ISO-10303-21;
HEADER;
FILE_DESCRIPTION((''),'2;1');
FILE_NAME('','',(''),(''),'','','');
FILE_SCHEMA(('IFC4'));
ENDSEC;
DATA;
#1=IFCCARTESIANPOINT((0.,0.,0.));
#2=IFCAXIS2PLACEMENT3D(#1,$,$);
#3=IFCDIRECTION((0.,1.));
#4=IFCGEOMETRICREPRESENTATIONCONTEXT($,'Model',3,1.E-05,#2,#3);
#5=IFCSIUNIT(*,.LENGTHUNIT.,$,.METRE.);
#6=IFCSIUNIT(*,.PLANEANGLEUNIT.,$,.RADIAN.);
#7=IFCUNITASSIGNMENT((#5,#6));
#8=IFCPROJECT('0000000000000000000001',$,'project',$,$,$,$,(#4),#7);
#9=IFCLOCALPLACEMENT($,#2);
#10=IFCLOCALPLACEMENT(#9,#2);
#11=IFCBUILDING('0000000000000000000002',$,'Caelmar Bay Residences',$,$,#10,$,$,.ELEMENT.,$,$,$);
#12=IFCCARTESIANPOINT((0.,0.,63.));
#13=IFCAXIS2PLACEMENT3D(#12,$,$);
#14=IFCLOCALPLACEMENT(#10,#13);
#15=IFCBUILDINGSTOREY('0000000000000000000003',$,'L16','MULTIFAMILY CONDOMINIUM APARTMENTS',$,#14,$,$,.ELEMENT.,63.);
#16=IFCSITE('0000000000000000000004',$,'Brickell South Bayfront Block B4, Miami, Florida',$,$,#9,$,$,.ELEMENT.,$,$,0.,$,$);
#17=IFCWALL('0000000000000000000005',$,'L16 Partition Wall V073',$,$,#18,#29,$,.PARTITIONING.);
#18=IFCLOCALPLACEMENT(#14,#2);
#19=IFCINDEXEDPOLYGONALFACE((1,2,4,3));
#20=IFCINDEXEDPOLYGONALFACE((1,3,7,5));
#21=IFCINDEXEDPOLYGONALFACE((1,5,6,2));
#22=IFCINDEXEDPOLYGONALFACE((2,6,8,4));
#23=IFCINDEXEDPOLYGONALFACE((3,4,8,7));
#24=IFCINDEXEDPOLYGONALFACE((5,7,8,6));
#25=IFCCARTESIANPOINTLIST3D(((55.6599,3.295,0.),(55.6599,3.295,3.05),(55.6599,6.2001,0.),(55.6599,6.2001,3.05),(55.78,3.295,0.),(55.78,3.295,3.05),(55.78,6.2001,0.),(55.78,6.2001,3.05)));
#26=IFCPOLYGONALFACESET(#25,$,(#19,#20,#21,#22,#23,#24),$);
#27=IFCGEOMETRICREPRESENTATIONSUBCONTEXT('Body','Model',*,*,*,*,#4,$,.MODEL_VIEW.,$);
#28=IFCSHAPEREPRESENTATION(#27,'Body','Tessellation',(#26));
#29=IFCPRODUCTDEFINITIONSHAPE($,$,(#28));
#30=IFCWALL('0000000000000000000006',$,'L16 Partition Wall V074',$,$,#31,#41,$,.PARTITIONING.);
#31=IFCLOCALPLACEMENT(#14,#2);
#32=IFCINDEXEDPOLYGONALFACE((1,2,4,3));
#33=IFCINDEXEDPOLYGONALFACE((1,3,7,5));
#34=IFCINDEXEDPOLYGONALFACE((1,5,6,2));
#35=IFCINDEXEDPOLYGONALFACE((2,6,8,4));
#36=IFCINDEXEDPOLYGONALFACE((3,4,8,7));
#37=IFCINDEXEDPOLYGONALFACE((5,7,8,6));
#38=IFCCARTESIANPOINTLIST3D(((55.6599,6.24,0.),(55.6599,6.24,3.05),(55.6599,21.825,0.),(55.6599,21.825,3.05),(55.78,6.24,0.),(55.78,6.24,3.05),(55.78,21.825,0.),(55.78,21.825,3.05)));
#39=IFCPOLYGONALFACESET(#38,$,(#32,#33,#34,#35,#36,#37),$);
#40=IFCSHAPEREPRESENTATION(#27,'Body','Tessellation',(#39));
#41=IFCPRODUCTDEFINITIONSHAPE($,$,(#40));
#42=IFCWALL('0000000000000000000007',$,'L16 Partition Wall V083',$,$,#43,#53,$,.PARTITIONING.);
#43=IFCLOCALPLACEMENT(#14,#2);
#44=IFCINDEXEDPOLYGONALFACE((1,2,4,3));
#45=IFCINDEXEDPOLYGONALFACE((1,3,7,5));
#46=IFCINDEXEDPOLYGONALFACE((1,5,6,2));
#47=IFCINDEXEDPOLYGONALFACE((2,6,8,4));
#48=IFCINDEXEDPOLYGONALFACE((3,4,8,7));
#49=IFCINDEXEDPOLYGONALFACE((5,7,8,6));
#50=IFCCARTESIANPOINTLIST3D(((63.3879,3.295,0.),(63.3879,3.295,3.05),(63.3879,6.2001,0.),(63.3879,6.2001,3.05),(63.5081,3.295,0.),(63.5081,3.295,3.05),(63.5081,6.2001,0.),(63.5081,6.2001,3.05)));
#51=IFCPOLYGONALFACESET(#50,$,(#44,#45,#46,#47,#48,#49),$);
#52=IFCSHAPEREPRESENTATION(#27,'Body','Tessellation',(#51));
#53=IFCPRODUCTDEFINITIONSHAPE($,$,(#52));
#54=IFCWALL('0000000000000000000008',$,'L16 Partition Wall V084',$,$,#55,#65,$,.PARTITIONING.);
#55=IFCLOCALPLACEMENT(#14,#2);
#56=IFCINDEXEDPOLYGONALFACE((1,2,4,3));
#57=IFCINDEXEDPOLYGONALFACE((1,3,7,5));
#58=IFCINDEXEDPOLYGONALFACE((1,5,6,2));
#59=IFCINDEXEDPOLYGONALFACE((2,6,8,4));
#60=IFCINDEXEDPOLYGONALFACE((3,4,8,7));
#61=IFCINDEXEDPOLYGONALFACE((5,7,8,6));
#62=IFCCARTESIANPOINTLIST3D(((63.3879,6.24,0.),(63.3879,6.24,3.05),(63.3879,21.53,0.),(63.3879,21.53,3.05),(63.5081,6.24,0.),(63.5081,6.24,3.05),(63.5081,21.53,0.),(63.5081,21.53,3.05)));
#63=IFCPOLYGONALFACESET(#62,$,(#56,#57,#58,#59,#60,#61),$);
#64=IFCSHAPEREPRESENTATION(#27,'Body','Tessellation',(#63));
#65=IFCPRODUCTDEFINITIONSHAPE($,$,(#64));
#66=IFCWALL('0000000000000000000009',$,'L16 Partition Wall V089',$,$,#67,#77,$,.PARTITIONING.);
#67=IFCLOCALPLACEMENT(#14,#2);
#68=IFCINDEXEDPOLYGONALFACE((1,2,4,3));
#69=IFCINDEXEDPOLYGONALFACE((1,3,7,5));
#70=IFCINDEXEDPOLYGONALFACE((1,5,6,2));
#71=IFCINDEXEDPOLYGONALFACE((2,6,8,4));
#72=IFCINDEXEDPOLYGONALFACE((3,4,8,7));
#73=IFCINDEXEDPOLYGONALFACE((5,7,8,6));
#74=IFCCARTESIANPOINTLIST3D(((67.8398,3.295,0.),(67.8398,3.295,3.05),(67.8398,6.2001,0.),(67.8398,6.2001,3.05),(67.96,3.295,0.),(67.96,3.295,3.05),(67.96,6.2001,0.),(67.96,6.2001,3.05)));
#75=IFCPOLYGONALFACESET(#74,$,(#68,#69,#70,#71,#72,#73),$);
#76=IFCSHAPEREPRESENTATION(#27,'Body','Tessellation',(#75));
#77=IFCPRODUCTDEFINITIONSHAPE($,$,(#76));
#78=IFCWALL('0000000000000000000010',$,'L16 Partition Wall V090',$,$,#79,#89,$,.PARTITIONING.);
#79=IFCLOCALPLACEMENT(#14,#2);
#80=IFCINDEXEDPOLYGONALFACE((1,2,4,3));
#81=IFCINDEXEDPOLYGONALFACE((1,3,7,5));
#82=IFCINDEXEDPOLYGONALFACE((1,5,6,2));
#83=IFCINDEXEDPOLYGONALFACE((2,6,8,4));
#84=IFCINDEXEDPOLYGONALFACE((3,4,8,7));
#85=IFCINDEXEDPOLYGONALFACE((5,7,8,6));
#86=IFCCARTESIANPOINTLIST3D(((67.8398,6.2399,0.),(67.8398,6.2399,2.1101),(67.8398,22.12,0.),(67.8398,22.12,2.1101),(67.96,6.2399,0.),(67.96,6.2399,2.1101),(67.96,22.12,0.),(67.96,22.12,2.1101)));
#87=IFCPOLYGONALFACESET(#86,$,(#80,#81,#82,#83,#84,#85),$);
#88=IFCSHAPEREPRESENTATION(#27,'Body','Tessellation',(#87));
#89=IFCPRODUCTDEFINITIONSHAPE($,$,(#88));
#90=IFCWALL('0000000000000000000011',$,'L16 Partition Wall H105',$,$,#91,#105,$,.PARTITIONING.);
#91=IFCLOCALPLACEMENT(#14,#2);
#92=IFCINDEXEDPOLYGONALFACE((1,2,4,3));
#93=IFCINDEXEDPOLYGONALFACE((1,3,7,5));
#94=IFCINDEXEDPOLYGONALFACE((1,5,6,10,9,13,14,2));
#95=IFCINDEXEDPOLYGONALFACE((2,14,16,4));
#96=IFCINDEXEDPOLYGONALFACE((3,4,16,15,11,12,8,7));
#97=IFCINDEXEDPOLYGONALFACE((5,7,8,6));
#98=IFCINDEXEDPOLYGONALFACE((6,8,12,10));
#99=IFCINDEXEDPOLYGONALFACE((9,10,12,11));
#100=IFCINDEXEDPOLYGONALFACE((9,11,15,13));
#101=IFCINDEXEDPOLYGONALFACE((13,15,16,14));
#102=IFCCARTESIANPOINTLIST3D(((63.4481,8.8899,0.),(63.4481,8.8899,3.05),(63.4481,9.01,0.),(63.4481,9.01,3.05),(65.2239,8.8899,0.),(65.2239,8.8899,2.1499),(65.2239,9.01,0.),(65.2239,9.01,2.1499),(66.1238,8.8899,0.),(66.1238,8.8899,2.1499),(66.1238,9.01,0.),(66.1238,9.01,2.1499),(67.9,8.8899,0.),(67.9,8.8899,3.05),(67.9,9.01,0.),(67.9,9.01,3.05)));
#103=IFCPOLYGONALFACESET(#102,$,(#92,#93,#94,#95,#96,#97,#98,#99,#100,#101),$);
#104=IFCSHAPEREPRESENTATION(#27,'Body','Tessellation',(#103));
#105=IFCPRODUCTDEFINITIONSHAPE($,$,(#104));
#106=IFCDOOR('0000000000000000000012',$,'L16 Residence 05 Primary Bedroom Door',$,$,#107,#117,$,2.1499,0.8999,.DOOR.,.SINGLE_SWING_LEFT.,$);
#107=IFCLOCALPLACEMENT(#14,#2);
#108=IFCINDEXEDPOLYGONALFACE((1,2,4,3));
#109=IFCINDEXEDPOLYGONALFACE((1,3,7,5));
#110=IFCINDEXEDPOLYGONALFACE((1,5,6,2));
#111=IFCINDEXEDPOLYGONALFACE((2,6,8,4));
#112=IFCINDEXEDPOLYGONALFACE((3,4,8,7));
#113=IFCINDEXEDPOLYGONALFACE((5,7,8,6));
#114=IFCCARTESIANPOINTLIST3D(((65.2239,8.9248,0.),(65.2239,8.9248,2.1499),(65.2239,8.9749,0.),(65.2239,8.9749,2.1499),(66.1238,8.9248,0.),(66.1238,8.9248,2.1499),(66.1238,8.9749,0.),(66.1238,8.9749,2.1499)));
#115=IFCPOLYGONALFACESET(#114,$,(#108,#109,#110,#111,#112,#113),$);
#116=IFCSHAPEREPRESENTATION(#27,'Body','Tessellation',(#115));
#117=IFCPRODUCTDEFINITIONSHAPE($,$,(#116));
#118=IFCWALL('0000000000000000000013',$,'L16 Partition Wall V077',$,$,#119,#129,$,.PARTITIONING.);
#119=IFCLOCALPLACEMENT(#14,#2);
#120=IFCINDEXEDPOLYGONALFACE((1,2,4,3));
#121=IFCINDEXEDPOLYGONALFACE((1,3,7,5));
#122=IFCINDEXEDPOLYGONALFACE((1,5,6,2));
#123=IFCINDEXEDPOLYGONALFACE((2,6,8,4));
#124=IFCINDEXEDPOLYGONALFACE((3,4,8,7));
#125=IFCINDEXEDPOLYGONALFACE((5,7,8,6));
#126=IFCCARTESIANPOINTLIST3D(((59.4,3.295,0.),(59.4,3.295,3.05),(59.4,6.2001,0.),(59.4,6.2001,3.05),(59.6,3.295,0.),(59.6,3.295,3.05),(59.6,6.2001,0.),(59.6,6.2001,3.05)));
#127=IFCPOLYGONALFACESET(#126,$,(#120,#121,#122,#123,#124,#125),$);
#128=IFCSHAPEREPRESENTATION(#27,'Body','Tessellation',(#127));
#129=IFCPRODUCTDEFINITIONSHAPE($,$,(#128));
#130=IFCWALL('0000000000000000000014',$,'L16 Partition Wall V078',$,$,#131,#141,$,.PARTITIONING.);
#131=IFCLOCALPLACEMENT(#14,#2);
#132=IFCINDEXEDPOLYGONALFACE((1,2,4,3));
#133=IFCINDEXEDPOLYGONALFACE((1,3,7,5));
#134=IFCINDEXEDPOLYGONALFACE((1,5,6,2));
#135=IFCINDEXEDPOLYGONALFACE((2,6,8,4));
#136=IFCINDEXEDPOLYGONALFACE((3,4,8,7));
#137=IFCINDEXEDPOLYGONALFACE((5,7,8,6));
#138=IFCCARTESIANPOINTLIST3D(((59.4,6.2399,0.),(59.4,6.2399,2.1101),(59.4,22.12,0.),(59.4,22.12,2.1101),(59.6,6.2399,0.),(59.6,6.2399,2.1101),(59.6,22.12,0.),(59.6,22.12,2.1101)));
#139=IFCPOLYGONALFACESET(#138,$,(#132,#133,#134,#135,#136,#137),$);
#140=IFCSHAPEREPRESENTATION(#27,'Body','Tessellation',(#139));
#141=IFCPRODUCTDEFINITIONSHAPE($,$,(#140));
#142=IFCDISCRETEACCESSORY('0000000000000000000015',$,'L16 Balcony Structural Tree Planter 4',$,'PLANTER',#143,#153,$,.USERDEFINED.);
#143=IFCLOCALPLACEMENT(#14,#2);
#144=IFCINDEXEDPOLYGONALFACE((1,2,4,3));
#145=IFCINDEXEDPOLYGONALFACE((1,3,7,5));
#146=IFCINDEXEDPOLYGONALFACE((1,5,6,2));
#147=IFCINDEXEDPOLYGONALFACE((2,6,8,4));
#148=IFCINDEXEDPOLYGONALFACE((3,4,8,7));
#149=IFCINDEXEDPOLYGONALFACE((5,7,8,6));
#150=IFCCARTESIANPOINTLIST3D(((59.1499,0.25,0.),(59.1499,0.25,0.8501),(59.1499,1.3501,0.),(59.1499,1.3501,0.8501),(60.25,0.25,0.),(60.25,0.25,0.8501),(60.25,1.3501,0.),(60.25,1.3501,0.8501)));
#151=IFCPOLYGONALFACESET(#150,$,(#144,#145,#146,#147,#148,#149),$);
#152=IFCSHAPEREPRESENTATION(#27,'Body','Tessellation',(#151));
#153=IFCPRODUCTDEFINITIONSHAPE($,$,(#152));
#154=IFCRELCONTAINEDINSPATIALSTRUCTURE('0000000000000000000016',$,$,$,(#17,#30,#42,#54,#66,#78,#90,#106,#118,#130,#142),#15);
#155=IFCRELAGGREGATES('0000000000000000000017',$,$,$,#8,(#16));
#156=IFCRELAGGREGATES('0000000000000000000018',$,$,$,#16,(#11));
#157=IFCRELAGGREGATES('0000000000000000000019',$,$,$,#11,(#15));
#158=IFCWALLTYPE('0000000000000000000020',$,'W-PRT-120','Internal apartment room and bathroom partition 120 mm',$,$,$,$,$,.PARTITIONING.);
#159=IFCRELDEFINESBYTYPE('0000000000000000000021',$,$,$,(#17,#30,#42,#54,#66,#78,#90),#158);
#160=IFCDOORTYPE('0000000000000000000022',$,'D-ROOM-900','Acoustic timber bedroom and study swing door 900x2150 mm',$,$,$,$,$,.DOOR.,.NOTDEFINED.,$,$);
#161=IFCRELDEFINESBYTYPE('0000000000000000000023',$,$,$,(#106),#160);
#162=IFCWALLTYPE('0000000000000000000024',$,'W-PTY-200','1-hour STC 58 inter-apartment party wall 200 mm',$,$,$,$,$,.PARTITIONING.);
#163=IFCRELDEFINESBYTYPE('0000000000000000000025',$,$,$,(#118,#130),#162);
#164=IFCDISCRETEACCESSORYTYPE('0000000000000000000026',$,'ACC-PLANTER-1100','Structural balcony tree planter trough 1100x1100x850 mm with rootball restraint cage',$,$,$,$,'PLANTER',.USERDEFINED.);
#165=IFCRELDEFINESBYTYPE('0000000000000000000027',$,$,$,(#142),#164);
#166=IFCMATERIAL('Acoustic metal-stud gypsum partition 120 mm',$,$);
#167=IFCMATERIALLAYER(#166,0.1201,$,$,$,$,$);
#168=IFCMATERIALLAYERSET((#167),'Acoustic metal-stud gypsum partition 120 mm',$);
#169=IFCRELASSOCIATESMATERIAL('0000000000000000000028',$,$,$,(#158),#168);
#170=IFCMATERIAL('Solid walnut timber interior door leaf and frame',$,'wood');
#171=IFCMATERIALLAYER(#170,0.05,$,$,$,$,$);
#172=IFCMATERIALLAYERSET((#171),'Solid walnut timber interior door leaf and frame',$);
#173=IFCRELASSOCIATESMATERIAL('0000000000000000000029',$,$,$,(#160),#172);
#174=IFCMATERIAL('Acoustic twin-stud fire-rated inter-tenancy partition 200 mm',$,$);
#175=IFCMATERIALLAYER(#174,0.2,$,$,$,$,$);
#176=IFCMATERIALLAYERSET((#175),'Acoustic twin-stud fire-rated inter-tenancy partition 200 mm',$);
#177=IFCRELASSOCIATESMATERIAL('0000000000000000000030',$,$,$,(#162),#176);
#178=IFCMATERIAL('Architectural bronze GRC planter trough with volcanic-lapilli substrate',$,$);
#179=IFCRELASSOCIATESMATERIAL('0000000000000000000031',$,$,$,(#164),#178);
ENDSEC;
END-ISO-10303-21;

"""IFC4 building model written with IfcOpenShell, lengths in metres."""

from ifc_helpers import new_model, si_unit, direction, frame, frame_2d, origin, origin_2d, place, context, subcontext, project, spatial, rectangle, extrude, material, layer, layer_set, type_object, element, fill, save


model = new_model("IFC4")

# Units and contexts
model_context = context("Model", 3, precision=1e-05, world=origin(), true_north=direction((0.0, 1.0)))
body_context = subcontext(model_context, "Body", "Model", "MODEL_VIEW")
ifc_project = project(units=[si_unit("LENGTHUNIT", "METRE"), si_unit("PLANEANGLEUNIT", "RADIAN")], contexts=[model_context])

# Site, building, storey
site_placement = place(None, origin())
site = spatial("IfcSite", under=ifc_project, at=site_placement, Name="Brickell South Bayfront Block B4, Miami, Florida", CompositionType="ELEMENT", RefElevation=0.0)
building_placement = place(site_placement, origin())
building = spatial("IfcBuilding", under=site, at=building_placement, Name="Caelmar Bay Residences", CompositionType="ELEMENT")
storey_placement = place(building_placement, frame((0.0, 0.0, 63.0)))
storey = spatial("IfcBuildingStorey", under=building, at=storey_placement, Name="L16", Description="MULTIFAMILY CONDOMINIUM APARTMENTS", CompositionType="ELEMENT", Elevation=63.0)

# Walls
ifc_material_1 = material(Name="Acoustic metal-stud gypsum partition 120 mm")
ifc_layer_1 = layer(ifc_material_1, 0.1201)
ifc_layer_set_1 = layer_set([ifc_layer_1], Name="Acoustic metal-stud gypsum partition 120 mm")
wall_type_1 = type_object("IfcWallType", Name="W-PRT-120", Description="Internal apartment room and bathroom partition 120 mm", PredefinedType="PARTITIONING", material=ifc_layer_set_1)
wall_1_placement = place(storey_placement, frame((55.72, 3.2949, 0.0), z_axis=(0.0, 0.0, 1.0), x_axis=(0.0, 1.0, 0.0)))
element("IfcWall", 1, at=wall_1_placement, inside=storey, type_object=wall_type_1, Name="L16 Partition Wall V073", PredefinedType="PARTITIONING", context=body_context, shape_type="SweptSolid", body=[
    extrude(rectangle(XDim=2.905, YDim=0.1201, at=frame_2d((1.4526, 0.0))), origin(), (0.0, 0.0, 1.0), 3.05),
])
wall_2_placement = place(storey_placement, frame((55.72, 6.24, 0.0), z_axis=(0.0, 0.0, 1.0), x_axis=(0.0, 1.0, 0.0)))
element("IfcWall", 2, at=wall_2_placement, inside=storey, type_object=wall_type_1, Name="L16 Partition Wall V074", PredefinedType="PARTITIONING", context=body_context, shape_type="SweptSolid", body=[
    extrude(rectangle(XDim=15.585, YDim=0.1201, at=frame_2d((7.7925, 0.0))), origin(), (0.0, 0.0, 1.0), 3.05),
])
wall_3_placement = place(storey_placement, frame((63.448, 3.2949, 0.0), z_axis=(0.0, 0.0, 1.0), x_axis=(0.0, 1.0, 0.0)))
element("IfcWall", 3, at=wall_3_placement, inside=storey, type_object=wall_type_1, Name="L16 Partition Wall V083", PredefinedType="PARTITIONING", context=body_context, shape_type="SweptSolid", body=[
    extrude(rectangle(XDim=2.905, YDim=0.1201, at=frame_2d((1.4526, 0.0))), origin(), (0.0, 0.0, 1.0), 3.05),
])
wall_4_placement = place(storey_placement, frame((63.448, 6.24, 0.0), z_axis=(0.0, 0.0, 1.0), x_axis=(0.0, 1.0, 0.0)))
element("IfcWall", 4, at=wall_4_placement, inside=storey, type_object=wall_type_1, Name="L16 Partition Wall V084", PredefinedType="PARTITIONING", context=body_context, shape_type="SweptSolid", body=[
    extrude(rectangle(XDim=15.29, YDim=0.1201, at=frame_2d((7.645, 0.0))), origin(), (0.0, 0.0, 1.0), 3.05),
])
wall_5_placement = place(storey_placement, frame((67.8999, 3.2949, 0.0), z_axis=(0.0, 0.0, 1.0), x_axis=(0.0, 1.0, 0.0)))
element("IfcWall", 5, at=wall_5_placement, inside=storey, type_object=wall_type_1, Name="L16 Partition Wall V089", PredefinedType="PARTITIONING", context=body_context, shape_type="SweptSolid", body=[
    extrude(rectangle(XDim=2.905, YDim=0.1201, at=frame_2d((1.4526, 0.0))), origin(), (0.0, 0.0, 1.0), 3.05),
])
wall_6_placement = place(storey_placement, frame((67.8999, 6.24, 0.0), z_axis=(0.0, 0.0, 1.0), x_axis=(0.0, 1.0, 0.0)))
element("IfcWall", 6, at=wall_6_placement, inside=storey, type_object=wall_type_1, Name="L16 Partition Wall V090", PredefinedType="PARTITIONING", context=body_context, shape_type="SweptSolid", body=[
    extrude(rectangle(XDim=15.8801, YDim=0.1201, at=frame_2d((7.9399, 0.0))), origin(), (0.0, 0.0, 1.0), 2.1101),
])

# Wall, opening, door
ifc_material_2 = material(Name="Solid walnut timber interior door leaf and frame", Category="wood")
ifc_layer_2 = layer(ifc_material_2, 0.05)
ifc_layer_set_2 = layer_set([ifc_layer_2], Name="Solid walnut timber interior door leaf and frame")
door_type = type_object("IfcDoorType", Name="D-ROOM-900", Description="Acoustic timber bedroom and study swing door 900x2150 mm", OperationType="NOTDEFINED", PredefinedType="DOOR", material=ifc_layer_set_2)
wall_7_placement = place(storey_placement, frame((63.448, 8.95, 0.0), z_axis=(0.0, 0.0, 1.0), x_axis=(1.0, 0.0, 0.0)))
wall_7 = element("IfcWall", 7, at=wall_7_placement, inside=storey, type_object=wall_type_1, Name="L16 Partition Wall H105", PredefinedType="PARTITIONING", context=body_context, shape_type="SweptSolid", body=[
    extrude(rectangle(XDim=4.4519, YDim=0.1201, at=frame_2d((2.2261, 0.0))), origin(), (0.0, 0.0, 1.0), 3.05),
])
opening_1_placement = place(wall_7_placement, frame((1.7759, 0.0, 0.0)))
opening_1 = element("IfcOpeningElement", 8, at=opening_1_placement, cuts=wall_7, PredefinedType="OPENING", context=body_context, shape_type="SweptSolid", body=[
    extrude(rectangle(XDim=0.8999, YDim=2.1499, at=frame_2d((0.45, 1.075))), frame((0.0, 0.0701, 0.0), z_axis=(0.0, -1.0, 0.0), x_axis=(1.0, 0.0, 0.0)), (0.0, 0.0, 1.0), 0.1401),
])
door_1_placement = place(opening_1_placement, origin())
door_1 = element("IfcDoor", 9, at=door_1_placement, inside=storey, type_object=door_type, Name="L16 Residence 05 Primary Bedroom Door", OperationType="SINGLE_SWING_LEFT", OverallHeight=2.1499, OverallWidth=0.8999, PredefinedType="DOOR", context=body_context, shape_type="SweptSolid", body=[
    extrude(rectangle(XDim=0.8999, YDim=2.1499, at=frame_2d((0.45, 1.075))), frame((0.0, 0.0249, 0.0), z_axis=(0.0, -1.0, 0.0), x_axis=(1.0, 0.0, 0.0)), (0.0, 0.0, 1.0), 0.05),
])
fill(opening_1, door_1)

# Walls
ifc_material_3 = material(Name="Acoustic twin-stud fire-rated inter-tenancy partition 200 mm")
ifc_layer_3 = layer(ifc_material_3, 0.2)
ifc_layer_set_3 = layer_set([ifc_layer_3], Name="Acoustic twin-stud fire-rated inter-tenancy partition 200 mm")
wall_type_2 = type_object("IfcWallType", Name="W-PTY-200", Description="1-hour STC 58 inter-apartment party wall 200 mm", PredefinedType="PARTITIONING", material=ifc_layer_set_3)
wall_8_placement = place(storey_placement, frame((59.5, 3.2949, 0.0), z_axis=(0.0, 0.0, 1.0), x_axis=(0.0, 1.0, 0.0)))
element("IfcWall", 10, at=wall_8_placement, inside=storey, type_object=wall_type_2, Name="L16 Partition Wall V077", PredefinedType="PARTITIONING", context=body_context, shape_type="SweptSolid", body=[
    extrude(rectangle(XDim=2.905, YDim=0.2, at=frame_2d((1.4526, 0.0))), origin(), (0.0, 0.0, 1.0), 3.05),
])
wall_9_placement = place(storey_placement, frame((59.5, 6.24, 0.0), z_axis=(0.0, 0.0, 1.0), x_axis=(0.0, 1.0, 0.0)))
element("IfcWall", 11, at=wall_9_placement, inside=storey, type_object=wall_type_2, Name="L16 Partition Wall V078", PredefinedType="PARTITIONING", context=body_context, shape_type="SweptSolid", body=[
    extrude(rectangle(XDim=15.8801, YDim=0.2, at=frame_2d((7.9399, 0.0))), origin(), (0.0, 0.0, 1.0), 2.1101),
])

# Discrete accessory
ifc_material_4 = material(Name="Architectural bronze GRC planter trough with volcanic-lapilli substrate")
discrete_accessory_type = type_object("IfcDiscreteAccessoryType", Name="ACC-PLANTER-1100", Description="Structural balcony tree planter trough 1100x1100x850 mm with rootball restraint cage", ElementType="PLANTER", PredefinedType="USERDEFINED", material=ifc_material_4)
discrete_accessory_placement = place(storey_placement, frame((59.7, 0.8, 0.0), z_axis=(0.0, 0.0, 1.0), x_axis=(1.0, 0.0, 0.0)))
element("IfcDiscreteAccessory", 12, at=discrete_accessory_placement, inside=storey, type_object=discrete_accessory_type, Name="L16 Balcony Structural Tree Planter 4", ObjectType="PLANTER", PredefinedType="USERDEFINED", context=body_context, shape_type="SweptSolid", body=[
    extrude(rectangle(XDim=1.1001, YDim=1.1001, at=origin_2d()), origin(), (0.0, 0.0, 1.0), 0.8501),
])

save(model, "model.ifc")
